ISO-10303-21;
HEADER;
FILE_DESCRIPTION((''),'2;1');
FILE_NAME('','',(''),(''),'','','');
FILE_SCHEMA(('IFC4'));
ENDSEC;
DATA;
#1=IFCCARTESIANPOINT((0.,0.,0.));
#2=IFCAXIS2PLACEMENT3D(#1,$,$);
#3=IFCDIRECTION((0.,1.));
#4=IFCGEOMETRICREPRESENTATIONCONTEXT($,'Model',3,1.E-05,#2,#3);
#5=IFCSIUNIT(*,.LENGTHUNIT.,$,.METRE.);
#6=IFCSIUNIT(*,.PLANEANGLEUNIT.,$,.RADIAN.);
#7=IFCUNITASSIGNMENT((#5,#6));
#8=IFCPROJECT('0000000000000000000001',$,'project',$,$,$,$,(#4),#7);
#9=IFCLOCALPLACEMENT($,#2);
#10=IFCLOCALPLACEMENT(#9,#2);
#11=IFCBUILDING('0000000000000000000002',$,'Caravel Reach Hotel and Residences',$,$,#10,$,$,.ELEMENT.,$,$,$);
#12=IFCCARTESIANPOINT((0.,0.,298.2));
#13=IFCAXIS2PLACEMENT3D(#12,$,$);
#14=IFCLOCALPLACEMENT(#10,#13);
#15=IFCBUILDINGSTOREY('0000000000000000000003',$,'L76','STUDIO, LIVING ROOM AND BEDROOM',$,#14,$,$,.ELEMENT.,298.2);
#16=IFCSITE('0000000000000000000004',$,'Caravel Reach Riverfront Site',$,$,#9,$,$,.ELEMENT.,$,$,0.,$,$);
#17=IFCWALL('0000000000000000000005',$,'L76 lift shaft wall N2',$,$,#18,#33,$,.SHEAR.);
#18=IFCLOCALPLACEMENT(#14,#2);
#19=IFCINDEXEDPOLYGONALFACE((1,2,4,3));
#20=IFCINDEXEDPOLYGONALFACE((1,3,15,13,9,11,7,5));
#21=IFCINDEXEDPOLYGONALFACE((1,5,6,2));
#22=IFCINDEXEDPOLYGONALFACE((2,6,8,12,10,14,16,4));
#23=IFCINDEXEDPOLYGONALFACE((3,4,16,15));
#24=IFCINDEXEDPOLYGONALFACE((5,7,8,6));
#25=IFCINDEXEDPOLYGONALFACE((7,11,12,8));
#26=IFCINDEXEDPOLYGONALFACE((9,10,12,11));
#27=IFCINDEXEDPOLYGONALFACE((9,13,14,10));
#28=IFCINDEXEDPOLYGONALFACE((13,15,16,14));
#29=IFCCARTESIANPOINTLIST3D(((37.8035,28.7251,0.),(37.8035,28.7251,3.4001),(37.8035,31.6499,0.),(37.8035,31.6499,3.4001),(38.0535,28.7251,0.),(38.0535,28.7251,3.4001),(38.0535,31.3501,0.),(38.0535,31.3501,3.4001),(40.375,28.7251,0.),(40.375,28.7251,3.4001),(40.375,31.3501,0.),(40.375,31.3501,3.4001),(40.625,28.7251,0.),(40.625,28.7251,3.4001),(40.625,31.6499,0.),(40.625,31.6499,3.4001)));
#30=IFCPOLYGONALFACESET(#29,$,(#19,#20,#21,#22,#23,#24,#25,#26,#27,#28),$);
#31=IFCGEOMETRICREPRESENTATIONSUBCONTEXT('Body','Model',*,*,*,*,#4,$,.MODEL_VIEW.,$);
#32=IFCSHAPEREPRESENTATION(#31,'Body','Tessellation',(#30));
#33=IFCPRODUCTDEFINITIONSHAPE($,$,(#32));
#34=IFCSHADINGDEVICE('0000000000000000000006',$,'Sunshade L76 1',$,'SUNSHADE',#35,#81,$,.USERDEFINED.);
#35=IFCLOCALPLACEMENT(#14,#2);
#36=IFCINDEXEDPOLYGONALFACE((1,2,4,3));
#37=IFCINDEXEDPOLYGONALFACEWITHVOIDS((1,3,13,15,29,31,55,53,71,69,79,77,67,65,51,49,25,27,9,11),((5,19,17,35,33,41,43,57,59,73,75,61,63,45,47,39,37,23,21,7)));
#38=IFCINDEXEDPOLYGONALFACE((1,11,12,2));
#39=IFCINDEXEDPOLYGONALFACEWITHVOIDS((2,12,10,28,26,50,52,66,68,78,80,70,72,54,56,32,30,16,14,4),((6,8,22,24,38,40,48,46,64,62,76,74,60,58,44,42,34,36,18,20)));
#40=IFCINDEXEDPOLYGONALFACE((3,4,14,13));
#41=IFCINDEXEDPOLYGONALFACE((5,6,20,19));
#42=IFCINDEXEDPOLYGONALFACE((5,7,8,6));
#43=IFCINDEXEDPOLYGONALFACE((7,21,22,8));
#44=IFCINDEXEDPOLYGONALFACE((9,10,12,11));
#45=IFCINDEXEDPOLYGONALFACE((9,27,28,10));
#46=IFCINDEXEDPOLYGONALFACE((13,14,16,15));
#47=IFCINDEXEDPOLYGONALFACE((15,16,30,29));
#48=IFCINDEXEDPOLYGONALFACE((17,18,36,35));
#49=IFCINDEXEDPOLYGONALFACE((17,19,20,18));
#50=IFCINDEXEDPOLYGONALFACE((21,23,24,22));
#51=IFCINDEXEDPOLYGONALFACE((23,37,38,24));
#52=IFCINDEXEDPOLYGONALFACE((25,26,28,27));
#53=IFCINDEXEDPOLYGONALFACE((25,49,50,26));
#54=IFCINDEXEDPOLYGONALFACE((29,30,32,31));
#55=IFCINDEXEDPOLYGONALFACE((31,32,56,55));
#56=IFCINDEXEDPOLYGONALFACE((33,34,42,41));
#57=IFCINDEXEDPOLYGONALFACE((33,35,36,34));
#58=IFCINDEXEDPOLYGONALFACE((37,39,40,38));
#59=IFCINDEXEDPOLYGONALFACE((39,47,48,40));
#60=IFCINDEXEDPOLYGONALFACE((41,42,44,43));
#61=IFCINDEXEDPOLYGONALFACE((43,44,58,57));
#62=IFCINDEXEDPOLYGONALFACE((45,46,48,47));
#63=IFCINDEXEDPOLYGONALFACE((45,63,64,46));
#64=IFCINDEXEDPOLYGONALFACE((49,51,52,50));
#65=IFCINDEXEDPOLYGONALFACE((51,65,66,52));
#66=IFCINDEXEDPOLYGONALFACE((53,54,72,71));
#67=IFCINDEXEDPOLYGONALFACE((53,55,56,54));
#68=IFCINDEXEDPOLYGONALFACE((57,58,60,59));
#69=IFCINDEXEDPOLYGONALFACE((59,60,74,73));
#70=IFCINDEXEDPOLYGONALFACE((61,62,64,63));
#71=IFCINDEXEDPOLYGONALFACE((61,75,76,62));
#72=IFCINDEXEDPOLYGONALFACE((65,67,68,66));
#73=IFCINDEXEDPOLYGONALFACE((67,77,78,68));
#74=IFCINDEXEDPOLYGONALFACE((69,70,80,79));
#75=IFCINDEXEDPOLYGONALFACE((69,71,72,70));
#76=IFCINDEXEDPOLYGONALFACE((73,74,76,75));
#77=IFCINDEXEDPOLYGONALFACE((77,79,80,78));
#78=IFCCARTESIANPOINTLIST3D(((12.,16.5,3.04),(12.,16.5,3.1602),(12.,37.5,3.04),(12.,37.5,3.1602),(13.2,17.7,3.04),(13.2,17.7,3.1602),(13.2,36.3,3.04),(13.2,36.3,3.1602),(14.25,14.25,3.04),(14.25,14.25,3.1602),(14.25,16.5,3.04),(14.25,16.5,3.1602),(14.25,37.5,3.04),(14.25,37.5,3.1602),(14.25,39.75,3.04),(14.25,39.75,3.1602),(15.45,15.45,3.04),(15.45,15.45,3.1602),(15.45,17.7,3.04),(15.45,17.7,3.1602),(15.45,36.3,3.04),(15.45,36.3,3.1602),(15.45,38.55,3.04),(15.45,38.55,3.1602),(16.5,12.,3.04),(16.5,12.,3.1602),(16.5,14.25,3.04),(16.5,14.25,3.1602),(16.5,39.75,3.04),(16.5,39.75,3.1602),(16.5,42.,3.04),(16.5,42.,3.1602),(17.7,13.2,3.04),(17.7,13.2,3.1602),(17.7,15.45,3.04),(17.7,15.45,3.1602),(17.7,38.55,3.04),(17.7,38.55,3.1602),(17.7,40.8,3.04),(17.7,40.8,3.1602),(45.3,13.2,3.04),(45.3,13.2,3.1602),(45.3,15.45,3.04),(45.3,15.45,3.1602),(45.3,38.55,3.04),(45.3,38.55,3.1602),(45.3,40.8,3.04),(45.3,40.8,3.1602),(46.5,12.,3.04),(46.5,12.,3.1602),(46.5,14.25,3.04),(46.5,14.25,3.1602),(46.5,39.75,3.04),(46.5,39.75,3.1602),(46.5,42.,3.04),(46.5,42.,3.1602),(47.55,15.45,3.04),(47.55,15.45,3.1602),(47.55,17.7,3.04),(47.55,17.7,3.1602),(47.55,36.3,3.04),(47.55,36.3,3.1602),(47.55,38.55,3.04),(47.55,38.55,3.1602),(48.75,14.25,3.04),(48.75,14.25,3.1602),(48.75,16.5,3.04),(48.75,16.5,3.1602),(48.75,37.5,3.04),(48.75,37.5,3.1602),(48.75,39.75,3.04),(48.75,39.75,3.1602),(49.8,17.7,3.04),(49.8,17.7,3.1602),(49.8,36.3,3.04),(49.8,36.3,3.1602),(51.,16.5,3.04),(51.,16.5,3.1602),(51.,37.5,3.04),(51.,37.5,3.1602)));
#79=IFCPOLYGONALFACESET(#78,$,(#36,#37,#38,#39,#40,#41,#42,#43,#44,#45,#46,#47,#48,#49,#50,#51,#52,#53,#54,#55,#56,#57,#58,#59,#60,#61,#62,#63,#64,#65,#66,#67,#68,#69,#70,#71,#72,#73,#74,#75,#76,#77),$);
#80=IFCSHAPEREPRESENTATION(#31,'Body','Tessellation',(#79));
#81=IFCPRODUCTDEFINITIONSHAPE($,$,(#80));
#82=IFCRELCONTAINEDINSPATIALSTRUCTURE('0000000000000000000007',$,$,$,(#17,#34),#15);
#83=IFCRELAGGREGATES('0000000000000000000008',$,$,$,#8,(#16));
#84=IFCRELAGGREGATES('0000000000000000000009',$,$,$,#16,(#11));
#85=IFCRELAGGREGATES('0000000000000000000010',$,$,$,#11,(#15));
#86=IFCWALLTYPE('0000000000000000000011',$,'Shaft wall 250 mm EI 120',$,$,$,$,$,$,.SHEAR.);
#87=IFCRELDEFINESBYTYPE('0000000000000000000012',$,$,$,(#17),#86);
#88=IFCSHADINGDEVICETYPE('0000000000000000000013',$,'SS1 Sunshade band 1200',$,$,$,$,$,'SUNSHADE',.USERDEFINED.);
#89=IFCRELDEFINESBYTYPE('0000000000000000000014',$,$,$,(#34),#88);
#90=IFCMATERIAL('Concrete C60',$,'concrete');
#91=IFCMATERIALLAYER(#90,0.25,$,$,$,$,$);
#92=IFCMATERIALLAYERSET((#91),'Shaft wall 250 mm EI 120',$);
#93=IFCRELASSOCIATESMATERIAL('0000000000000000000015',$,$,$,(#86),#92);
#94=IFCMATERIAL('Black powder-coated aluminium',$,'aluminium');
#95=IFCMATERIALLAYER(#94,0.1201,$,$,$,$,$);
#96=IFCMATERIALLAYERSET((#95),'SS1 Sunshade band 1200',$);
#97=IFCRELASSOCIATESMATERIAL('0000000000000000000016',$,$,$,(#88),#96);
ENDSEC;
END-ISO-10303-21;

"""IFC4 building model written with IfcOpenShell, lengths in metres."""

from ifc_helpers import new_model, si_unit, direction, frame, origin, place, context, subcontext, project, spatial, polyline, outline, extrude, material, layer, layer_set, type_object, element, save


model = new_model("IFC4")

# Units and contexts
model_context = context("Model", 3, precision=1e-05, world=origin(), true_north=direction((0.0, 1.0)))
body_context = subcontext(model_context, "Body", "Model", "MODEL_VIEW")
ifc_project = project(units=[si_unit("LENGTHUNIT", "METRE"), si_unit("PLANEANGLEUNIT", "RADIAN")], contexts=[model_context])

# Site, building, storey
site_placement = place(None, origin())
site = spatial("IfcSite", under=ifc_project, at=site_placement, Name="Caravel Reach Riverfront Site", CompositionType="ELEMENT", RefElevation=0.0)
building_placement = place(site_placement, origin())
building = spatial("IfcBuilding", under=site, at=building_placement, Name="Caravel Reach Hotel and Residences", CompositionType="ELEMENT")
storey_placement = place(building_placement, frame((0.0, 0.0, 298.2)))
storey = spatial("IfcBuildingStorey", under=building, at=storey_placement, Name="L76", Description="STUDIO, LIVING ROOM AND BEDROOM", CompositionType="ELEMENT", Elevation=298.2)

# Wall
ifc_material_1 = material(Name="Concrete C60", Category="concrete")
ifc_layer_1 = layer(ifc_material_1, 0.25)
ifc_layer_set_1 = layer_set([ifc_layer_1], Name="Shaft wall 250 mm EI 120")
wall_type_1 = type_object("IfcWallType", Name="Shaft wall 250 mm EI 120", PredefinedType="SHEAR", material=ifc_layer_set_1)
wall_1_placement = place(storey_placement, origin())
element("IfcWall", 1, at=wall_1_placement, inside=storey, type_object=wall_type_1, Name="L76 lift shaft wall N2", PredefinedType="SHEAR", context=body_context, shape_type="SweptSolid", body=[
    extrude(outline(polyline([(37.8035, 28.7251), (38.0535, 28.7251), (38.0535, 31.3501), (40.375, 31.3501), (40.375, 28.7251), (40.625, 28.7251), (40.625, 31.6499), (37.8035, 31.6499), (37.8035, 28.7251)])), origin(), (0.0, 0.0, 1.0), 3.4001),
])

# Shading device
ifc_material_2 = material(Name="Black powder-coated aluminium", Category="aluminium")
ifc_layer_2 = layer(ifc_material_2, 0.1201)
ifc_layer_set_2 = layer_set([ifc_layer_2], Name="SS1 Sunshade band 1200")
shading_device_type = type_object("IfcShadingDeviceType", Name="SS1 Sunshade band 1200", ElementType="SUNSHADE", PredefinedType="USERDEFINED", material=ifc_layer_set_2)
shading_device_placement = place(storey_placement, frame((0.0, 0.0, 3.04)))
element("IfcShadingDevice", 2, at=shading_device_placement, inside=storey, type_object=shading_device_type, Name="Sunshade L76 1", ObjectType="SUNSHADE", PredefinedType="USERDEFINED", context=body_context, shape_type="SweptSolid", body=[
    extrude(outline(polyline([(16.5, 12.0), (46.5, 12.0), (46.5, 14.25), (48.75, 14.25), (48.75, 16.5), (51.0, 16.5), (51.0, 37.5), (48.75, 37.5), (48.75, 39.75), (46.5, 39.75), (46.5, 42.0), (16.5, 42.0), (16.5, 39.75), (14.25, 39.75), (14.25, 37.5), (12.0, 37.5), (12.0, 16.5), (14.25, 16.5), (14.25, 14.25), (16.5, 14.25), (16.5, 12.0)]), holes=[polyline([(45.3, 15.45), (45.3, 13.2), (17.7, 13.2), (17.7, 15.45), (15.45, 15.45), (15.45, 17.7), (13.2, 17.7), (13.2, 36.3), (15.45, 36.3), (15.45, 38.55), (17.7, 38.55), (17.7, 40.8), (45.3, 40.8), (45.3, 38.55), (47.55, 38.55), (47.55, 36.3), (49.8, 36.3), (49.8, 17.7), (47.55, 17.7), (47.55, 15.45), (45.3, 15.45)])]), origin(), (0.0, 0.0, 1.0), 0.1201),
])

save(model, "model.ifc")
